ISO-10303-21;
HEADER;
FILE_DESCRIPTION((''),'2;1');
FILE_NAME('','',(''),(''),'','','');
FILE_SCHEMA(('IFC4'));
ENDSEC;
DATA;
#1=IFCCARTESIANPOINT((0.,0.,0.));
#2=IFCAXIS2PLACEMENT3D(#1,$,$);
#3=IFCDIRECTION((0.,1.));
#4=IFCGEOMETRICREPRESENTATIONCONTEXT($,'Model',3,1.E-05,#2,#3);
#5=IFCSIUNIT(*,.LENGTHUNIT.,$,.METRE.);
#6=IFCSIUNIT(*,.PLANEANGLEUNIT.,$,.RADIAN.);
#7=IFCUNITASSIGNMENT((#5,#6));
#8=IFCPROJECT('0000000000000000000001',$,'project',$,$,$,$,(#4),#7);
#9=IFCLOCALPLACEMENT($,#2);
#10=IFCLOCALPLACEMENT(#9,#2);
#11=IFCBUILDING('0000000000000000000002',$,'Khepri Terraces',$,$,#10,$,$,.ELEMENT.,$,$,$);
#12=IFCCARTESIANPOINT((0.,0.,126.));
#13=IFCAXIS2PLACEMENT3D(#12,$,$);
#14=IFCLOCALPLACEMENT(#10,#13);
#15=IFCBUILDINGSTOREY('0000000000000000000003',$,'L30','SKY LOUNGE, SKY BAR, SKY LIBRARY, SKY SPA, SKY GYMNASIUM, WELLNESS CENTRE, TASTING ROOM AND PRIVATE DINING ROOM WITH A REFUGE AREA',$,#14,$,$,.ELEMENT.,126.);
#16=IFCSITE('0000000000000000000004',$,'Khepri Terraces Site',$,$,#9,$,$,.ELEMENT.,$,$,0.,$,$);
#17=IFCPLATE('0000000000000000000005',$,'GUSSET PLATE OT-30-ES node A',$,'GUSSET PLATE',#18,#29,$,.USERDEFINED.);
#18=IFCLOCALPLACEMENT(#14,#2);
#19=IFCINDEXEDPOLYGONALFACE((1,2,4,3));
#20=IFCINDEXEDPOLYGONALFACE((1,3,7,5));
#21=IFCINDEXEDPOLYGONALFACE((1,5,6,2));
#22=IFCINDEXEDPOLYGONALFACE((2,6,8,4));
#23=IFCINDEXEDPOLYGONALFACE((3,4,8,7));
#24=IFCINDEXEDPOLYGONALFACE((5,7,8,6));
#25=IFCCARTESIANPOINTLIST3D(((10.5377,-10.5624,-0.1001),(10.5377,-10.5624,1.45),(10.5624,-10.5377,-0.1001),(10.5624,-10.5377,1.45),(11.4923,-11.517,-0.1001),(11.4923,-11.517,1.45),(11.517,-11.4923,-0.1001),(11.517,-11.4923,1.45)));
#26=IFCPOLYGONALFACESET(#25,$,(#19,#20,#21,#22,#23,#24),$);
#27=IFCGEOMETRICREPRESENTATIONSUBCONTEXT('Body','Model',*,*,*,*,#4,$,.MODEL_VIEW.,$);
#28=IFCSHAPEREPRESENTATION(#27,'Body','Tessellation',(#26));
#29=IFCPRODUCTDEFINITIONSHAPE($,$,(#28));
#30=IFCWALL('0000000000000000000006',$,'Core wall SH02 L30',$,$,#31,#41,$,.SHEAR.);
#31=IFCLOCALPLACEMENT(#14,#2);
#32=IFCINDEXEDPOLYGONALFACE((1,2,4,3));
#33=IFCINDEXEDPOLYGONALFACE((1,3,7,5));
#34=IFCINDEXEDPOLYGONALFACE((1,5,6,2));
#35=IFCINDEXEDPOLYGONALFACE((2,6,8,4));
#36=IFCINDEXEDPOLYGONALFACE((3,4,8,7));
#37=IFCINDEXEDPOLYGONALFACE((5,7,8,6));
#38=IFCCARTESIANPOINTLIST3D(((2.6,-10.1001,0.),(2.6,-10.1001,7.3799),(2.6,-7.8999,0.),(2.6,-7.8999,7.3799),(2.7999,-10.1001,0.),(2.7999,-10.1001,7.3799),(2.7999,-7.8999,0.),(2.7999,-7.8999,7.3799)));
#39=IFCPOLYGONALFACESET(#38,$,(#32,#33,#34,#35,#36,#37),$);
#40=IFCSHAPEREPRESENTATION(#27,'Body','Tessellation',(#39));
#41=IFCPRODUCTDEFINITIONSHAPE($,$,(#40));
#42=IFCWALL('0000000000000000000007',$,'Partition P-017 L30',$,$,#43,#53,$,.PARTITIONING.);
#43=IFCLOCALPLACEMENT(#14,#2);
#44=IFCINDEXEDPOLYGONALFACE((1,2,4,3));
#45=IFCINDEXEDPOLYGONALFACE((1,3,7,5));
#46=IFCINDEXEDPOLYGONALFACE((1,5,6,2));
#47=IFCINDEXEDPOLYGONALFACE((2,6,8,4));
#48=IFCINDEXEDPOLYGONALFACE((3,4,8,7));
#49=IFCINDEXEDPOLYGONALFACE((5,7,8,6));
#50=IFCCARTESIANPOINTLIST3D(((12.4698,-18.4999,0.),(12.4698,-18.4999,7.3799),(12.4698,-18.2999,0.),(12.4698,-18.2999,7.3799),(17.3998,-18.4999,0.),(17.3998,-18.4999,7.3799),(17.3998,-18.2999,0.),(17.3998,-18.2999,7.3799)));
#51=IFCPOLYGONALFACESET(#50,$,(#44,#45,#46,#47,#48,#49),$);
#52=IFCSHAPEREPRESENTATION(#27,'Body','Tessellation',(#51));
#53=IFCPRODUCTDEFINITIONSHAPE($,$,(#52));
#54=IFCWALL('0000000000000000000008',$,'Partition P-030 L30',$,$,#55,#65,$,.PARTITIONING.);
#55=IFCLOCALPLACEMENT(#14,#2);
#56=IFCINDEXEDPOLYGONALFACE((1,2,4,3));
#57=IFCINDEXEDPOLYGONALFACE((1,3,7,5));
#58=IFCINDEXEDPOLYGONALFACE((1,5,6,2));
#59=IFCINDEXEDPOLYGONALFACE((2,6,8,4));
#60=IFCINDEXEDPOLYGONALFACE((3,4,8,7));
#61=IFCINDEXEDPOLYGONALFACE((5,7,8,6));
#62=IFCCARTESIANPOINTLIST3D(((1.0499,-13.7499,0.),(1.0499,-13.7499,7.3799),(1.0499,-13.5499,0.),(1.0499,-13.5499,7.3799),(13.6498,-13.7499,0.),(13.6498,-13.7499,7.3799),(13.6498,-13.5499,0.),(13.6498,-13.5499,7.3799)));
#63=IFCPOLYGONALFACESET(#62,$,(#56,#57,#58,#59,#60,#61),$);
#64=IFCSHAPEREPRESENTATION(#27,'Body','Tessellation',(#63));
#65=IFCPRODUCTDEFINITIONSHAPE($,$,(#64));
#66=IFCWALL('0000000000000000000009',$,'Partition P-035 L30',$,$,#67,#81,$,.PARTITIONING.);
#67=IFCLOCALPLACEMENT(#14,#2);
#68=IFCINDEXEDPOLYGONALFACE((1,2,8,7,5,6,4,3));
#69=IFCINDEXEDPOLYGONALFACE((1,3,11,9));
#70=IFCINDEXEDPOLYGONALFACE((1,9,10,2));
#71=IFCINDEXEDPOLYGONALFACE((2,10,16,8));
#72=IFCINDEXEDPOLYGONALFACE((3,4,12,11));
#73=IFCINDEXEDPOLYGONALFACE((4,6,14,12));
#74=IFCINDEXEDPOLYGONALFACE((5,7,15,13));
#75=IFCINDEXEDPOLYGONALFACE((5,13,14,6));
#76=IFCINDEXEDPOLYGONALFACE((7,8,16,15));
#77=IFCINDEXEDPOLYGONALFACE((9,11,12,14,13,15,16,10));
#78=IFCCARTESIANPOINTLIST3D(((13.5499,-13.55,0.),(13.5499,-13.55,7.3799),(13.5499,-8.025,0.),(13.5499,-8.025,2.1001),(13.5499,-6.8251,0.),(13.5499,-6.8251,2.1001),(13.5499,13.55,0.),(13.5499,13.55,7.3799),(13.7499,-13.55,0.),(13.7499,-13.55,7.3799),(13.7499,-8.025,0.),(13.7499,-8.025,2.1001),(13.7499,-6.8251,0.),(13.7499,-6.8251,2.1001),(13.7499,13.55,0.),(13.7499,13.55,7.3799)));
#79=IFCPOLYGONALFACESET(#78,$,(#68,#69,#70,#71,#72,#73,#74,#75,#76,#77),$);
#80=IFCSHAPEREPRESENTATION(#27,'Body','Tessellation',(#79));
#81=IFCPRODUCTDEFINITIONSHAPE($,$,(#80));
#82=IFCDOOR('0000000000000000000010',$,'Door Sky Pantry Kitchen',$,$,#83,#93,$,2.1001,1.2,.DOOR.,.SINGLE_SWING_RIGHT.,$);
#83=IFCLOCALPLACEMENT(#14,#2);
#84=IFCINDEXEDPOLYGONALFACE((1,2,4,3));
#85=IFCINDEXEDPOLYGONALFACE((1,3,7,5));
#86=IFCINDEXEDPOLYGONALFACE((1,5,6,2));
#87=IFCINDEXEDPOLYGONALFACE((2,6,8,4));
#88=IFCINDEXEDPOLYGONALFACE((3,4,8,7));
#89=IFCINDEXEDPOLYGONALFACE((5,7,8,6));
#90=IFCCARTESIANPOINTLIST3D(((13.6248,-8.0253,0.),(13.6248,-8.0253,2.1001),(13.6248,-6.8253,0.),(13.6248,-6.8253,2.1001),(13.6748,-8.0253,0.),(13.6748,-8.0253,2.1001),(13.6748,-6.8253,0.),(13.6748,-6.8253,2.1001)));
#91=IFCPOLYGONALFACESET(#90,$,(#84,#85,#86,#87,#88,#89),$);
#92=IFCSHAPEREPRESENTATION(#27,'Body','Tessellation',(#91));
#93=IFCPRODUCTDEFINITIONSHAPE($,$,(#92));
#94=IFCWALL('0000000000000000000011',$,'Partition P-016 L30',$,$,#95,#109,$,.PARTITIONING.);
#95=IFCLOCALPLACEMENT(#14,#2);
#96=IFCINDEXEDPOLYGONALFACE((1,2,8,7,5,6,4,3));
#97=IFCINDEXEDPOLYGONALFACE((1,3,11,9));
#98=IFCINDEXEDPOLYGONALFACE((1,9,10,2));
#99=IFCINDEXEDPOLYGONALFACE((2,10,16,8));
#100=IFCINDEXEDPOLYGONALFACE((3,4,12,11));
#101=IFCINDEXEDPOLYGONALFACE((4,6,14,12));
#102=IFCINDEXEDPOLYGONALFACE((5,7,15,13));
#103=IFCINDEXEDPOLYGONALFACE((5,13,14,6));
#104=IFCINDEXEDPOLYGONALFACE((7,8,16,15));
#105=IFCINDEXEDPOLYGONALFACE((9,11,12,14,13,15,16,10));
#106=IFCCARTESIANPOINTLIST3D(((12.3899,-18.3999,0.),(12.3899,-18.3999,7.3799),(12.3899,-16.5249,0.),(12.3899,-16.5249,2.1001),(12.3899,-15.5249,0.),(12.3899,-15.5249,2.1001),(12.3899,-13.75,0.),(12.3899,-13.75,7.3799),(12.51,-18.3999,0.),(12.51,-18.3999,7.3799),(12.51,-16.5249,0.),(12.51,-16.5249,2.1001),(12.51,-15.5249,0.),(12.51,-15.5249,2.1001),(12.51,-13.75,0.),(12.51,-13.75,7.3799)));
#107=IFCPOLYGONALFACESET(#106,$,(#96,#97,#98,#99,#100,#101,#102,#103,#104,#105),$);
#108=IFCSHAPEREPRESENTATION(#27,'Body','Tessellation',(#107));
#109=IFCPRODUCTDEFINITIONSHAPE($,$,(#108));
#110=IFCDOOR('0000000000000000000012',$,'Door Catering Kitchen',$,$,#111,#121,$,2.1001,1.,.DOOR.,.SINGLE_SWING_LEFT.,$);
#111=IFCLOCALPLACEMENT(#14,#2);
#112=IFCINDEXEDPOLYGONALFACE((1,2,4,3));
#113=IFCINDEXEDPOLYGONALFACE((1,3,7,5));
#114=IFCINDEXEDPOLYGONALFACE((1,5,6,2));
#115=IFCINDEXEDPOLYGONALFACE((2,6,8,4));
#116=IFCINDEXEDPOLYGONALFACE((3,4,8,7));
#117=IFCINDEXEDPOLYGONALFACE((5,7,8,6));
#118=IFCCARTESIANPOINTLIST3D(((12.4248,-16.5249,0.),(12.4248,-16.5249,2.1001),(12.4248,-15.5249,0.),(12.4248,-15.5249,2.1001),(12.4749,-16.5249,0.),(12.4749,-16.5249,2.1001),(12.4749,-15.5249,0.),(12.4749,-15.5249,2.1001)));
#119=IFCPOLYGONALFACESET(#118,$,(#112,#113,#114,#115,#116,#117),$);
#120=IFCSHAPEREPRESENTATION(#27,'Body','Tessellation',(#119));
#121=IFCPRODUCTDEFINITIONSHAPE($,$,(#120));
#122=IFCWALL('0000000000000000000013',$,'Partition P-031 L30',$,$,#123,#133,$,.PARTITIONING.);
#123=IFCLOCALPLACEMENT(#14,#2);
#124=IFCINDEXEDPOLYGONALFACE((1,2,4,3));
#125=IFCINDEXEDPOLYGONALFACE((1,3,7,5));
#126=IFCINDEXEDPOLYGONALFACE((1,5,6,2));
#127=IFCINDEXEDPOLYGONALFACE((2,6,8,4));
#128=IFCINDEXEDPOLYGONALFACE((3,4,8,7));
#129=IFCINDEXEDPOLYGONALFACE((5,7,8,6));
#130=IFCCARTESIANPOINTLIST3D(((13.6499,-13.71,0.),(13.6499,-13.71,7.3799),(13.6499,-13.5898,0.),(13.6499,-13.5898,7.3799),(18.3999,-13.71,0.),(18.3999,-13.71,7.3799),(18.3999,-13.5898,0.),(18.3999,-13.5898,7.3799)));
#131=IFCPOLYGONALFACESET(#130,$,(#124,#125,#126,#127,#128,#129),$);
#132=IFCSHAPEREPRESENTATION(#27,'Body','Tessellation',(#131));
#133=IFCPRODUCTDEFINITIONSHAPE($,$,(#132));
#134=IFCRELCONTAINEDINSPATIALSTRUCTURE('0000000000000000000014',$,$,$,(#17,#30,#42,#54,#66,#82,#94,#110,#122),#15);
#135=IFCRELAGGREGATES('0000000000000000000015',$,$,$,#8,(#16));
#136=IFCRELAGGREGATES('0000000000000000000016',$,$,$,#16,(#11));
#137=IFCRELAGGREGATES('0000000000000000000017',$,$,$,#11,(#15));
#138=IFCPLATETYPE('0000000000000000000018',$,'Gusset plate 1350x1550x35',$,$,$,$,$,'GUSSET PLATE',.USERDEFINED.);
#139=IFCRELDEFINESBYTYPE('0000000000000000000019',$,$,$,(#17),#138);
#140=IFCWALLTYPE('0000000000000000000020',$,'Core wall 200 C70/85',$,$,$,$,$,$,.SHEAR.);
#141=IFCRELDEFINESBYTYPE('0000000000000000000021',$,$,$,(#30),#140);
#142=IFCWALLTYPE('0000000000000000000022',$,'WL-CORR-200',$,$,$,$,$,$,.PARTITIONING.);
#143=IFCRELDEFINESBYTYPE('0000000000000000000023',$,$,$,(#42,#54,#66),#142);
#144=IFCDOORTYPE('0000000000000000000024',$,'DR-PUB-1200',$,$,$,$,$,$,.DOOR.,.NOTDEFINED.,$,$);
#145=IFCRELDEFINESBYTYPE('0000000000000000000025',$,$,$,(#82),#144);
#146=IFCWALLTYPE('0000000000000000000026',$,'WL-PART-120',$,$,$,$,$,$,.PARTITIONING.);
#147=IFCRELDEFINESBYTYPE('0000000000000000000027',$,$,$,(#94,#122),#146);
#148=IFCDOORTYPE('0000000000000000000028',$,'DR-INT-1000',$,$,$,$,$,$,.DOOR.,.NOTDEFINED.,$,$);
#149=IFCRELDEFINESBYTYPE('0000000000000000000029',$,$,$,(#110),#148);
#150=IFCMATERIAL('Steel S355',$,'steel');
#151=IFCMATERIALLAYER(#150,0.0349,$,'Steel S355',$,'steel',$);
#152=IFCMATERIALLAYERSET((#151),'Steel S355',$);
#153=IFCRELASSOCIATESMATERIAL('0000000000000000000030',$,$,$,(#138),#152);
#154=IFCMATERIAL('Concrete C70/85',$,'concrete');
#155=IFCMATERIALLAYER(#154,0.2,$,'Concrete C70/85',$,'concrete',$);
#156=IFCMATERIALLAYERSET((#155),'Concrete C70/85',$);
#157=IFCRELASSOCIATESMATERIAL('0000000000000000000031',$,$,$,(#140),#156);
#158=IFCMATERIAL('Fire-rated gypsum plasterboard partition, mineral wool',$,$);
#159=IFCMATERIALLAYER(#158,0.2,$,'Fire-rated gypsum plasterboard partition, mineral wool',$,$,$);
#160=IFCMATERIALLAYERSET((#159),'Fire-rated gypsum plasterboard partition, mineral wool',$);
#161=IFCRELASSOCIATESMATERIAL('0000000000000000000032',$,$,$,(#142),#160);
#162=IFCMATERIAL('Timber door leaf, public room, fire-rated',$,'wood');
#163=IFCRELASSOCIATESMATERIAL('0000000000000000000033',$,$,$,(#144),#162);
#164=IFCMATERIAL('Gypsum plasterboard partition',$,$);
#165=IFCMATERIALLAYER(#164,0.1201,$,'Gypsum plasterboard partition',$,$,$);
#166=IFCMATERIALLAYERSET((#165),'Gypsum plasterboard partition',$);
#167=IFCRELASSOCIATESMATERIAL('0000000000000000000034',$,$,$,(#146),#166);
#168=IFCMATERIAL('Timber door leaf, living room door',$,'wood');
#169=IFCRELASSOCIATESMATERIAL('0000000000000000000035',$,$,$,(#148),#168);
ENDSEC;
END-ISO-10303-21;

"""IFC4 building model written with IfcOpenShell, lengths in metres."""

from ifc_helpers import new_model, si_unit, direction, frame, frame_2d, origin, origin_2d, place, context, subcontext, project, spatial, rectangle, extrude, material, layer, layer_set, type_object, element, fill, save


model = new_model("IFC4")

# Units and contexts
model_context = context("Model", 3, precision=1e-05, world=origin(), true_north=direction((0.0, 1.0)))
body_context = subcontext(model_context, "Body", "Model", "MODEL_VIEW")
ifc_project = project(units=[si_unit("LENGTHUNIT", "METRE"), si_unit("PLANEANGLEUNIT", "RADIAN")], contexts=[model_context])

# Site, building, storey
site_placement = place(None, origin())
site = spatial("IfcSite", under=ifc_project, at=site_placement, Name="Khepri Terraces Site", CompositionType="ELEMENT", RefElevation=0.0)
building_placement = place(site_placement, origin())
building = spatial("IfcBuilding", under=site, at=building_placement, Name="Khepri Terraces", CompositionType="ELEMENT")
storey_placement = place(building_placement, frame((0.0, 0.0, 126.0)))
storey = spatial("IfcBuildingStorey", under=building, at=storey_placement, Name="L30", Description="SKY LOUNGE, SKY BAR, SKY LIBRARY, SKY SPA, SKY GYMNASIUM, WELLNESS CENTRE, TASTING ROOM AND PRIVATE DINING ROOM WITH A REFUGE AREA", CompositionType="ELEMENT", Elevation=126.0)

# Shared definitions
ifc_material_1 = material(Name="Steel S355", Category="steel")

# Plate
ifc_layer_1 = layer(ifc_material_1, 0.0349, Name="Steel S355", Category="steel")
ifc_layer_set_1 = layer_set([ifc_layer_1], Name="Steel S355")
plate_type_1 = type_object("IfcPlateType", Name="Gusset plate 1350x1550x35", ElementType="GUSSET PLATE", PredefinedType="USERDEFINED", material=ifc_layer_set_1)
plate_placement = place(storey_placement, frame((11.0273, -11.0273, -0.1001), z_axis=(0.0, 0.0, 1.0), x_axis=(0.707107, -0.707107, 0.0)))
element("IfcPlate", 1, at=plate_placement, inside=storey, type_object=plate_type_1, Name="GUSSET PLATE OT-30-ES node A", ObjectType="GUSSET PLATE", PredefinedType="USERDEFINED", context=body_context, shape_type="SweptSolid", body=[
    extrude(rectangle(XDim=1.3501, YDim=0.0349, at=origin_2d()), origin(), (0.0, 0.0, 1.0), 1.55),
])

# Walls
ifc_material_2 = material(Name="Concrete C70/85", Category="concrete")
ifc_layer_2 = layer(ifc_material_2, 0.2, Name="Concrete C70/85", Category="concrete")
ifc_layer_set_2 = layer_set([ifc_layer_2], Name="Concrete C70/85")
wall_type_1 = type_object("IfcWallType", Name="Core wall 200 C70/85", PredefinedType="SHEAR", material=ifc_layer_set_2)
wall_1_placement = place(storey_placement, frame((2.7, -10.1001, 0.0), z_axis=(0.0, 0.0, 1.0), x_axis=(0.0, 1.0, 0.0)))
element("IfcWall", 2, at=wall_1_placement, inside=storey, type_object=wall_type_1, Name="Core wall SH02 L30", PredefinedType="SHEAR", context=body_context, shape_type="SweptSolid", body=[
    extrude(rectangle(XDim=2.2002, YDim=0.2, at=frame_2d((1.1001, 0.0))), origin(), (0.0, 0.0, 1.0), 7.3799),
])
ifc_material_3 = material(Name="Fire-rated gypsum plasterboard partition, mineral wool")
ifc_layer_3 = layer(ifc_material_3, 0.2, Name="Fire-rated gypsum plasterboard partition, mineral wool")
ifc_layer_set_3 = layer_set([ifc_layer_3], Name="Fire-rated gypsum plasterboard partition, mineral wool")
wall_type_2 = type_object("IfcWallType", Name="WL-CORR-200", PredefinedType="PARTITIONING", material=ifc_layer_set_3)
wall_2_placement = place(storey_placement, frame((12.47, -18.3999, 0.0), z_axis=(0.0, 0.0, 1.0), x_axis=(1.0, 0.0, 0.0)))
element("IfcWall", 3, at=wall_2_placement, inside=storey, type_object=wall_type_2, Name="Partition P-017 L30", PredefinedType="PARTITIONING", context=body_context, shape_type="SweptSolid", body=[
    extrude(rectangle(XDim=4.9299, YDim=0.2, at=frame_2d((2.4648, 0.0))), origin(), (0.0, 0.0, 1.0), 7.3799),
])
wall_3_placement = place(storey_placement, frame((1.05, -13.6499, 0.0), z_axis=(0.0, 0.0, 1.0), x_axis=(1.0, 0.0, 0.0)))
element("IfcWall", 4, at=wall_3_placement, inside=storey, type_object=wall_type_2, Name="Partition P-030 L30", PredefinedType="PARTITIONING", context=body_context, shape_type="SweptSolid", body=[
    extrude(rectangle(XDim=12.5999, YDim=0.2, at=frame_2d((6.2998, 0.0))), origin(), (0.0, 0.0, 1.0), 7.3799),
])

# Walls, openings, doors
wall_4_placement = place(storey_placement, frame((13.6499, -13.55, 0.0), z_axis=(0.0, 0.0, 1.0), x_axis=(0.0, 1.0, 0.0)))
wall_4 = element("IfcWall", 5, at=wall_4_placement, inside=storey, type_object=wall_type_2, Name="Partition P-035 L30", PredefinedType="PARTITIONING", context=body_context, shape_type="SweptSolid", body=[
    extrude(rectangle(XDim=27.1001, YDim=0.2, at=frame_2d((13.55, 0.0))), origin(), (0.0, 0.0, 1.0), 7.3799),
])
opening_1_placement = place(wall_4_placement, frame((5.5249, 0.0, 0.0)))
opening_1 = element("IfcOpeningElement", 6, at=opening_1_placement, cuts=wall_4, PredefinedType="OPENING", context=body_context, shape_type="SweptSolid", body=[
    extrude(rectangle(XDim=1.2, YDim=2.1001, at=frame_2d((0.6001, 1.05))), frame((0.0, 0.1099, 0.0), z_axis=(0.0, -1.0, 0.0), x_axis=(1.0, 0.0, 0.0)), (0.0, 0.0, 1.0), 0.22),
])
ifc_material_4 = material(Name="Timber door leaf, public room, fire-rated", Category="wood")
door_type_1 = type_object("IfcDoorType", Name="DR-PUB-1200", OperationType="NOTDEFINED", PredefinedType="DOOR", material=ifc_material_4)
door_1_placement = place(opening_1_placement, frame((1.2, 0.0, 0.0), z_axis=(0.0, 0.0, 1.0), x_axis=(-1.0, 0.0, 0.0)))
door_1 = element("IfcDoor", 7, at=door_1_placement, inside=storey, type_object=door_type_1, Name="Door Sky Pantry Kitchen", OperationType="SINGLE_SWING_RIGHT", OverallHeight=2.1001, OverallWidth=1.2, PredefinedType="DOOR", context=body_context, shape_type="SweptSolid", body=[
    extrude(rectangle(XDim=1.2, YDim=2.1001, at=frame_2d((0.6001, 1.05))), frame((0.0, 0.0249, 0.0), z_axis=(0.0, -1.0, 0.0), x_axis=(1.0, 0.0, 0.0)), (0.0, 0.0, 1.0), 0.05),
])
fill(opening_1, door_1)
ifc_material_5 = material(Name="Gypsum plasterboard partition")
ifc_layer_4 = layer(ifc_material_5, 0.1201, Name="Gypsum plasterboard partition")
ifc_layer_set_4 = layer_set([ifc_layer_4], Name="Gypsum plasterboard partition")
wall_type_3 = type_object("IfcWallType", Name="WL-PART-120", PredefinedType="PARTITIONING", material=ifc_layer_set_4)
wall_5_placement = place(storey_placement, frame((12.45, -18.3999, 0.0), z_axis=(0.0, 0.0, 1.0), x_axis=(0.0, 1.0, 0.0)))
wall_5 = element("IfcWall", 8, at=wall_5_placement, inside=storey, type_object=wall_type_3, Name="Partition P-016 L30", PredefinedType="PARTITIONING", context=body_context, shape_type="SweptSolid", body=[
    extrude(rectangle(XDim=4.6499, YDim=0.1201, at=frame_2d((2.325, 0.0))), origin(), (0.0, 0.0, 1.0), 7.3799),
])
opening_2_placement = place(wall_5_placement, frame((1.875, 0.0, 0.0)))
opening_2 = element("IfcOpeningElement", 9, at=opening_2_placement, cuts=wall_5, PredefinedType="OPENING", context=body_context, shape_type="SweptSolid", body=[
    extrude(rectangle(XDim=1.0, YDim=2.1001, at=frame_2d((0.5, 1.05))), frame((0.0, 0.0701, 0.0), z_axis=(0.0, -1.0, 0.0), x_axis=(1.0, 0.0, 0.0)), (0.0, 0.0, 1.0), 0.1401),
])
ifc_material_6 = material(Name="Timber door leaf, living room door", Category="wood")
door_type_2 = type_object("IfcDoorType", Name="DR-INT-1000", OperationType="NOTDEFINED", PredefinedType="DOOR", material=ifc_material_6)
door_2_placement = place(opening_2_placement, frame((1.0, 0.0, 0.0), z_axis=(0.0, 0.0, 1.0), x_axis=(-1.0, 0.0, 0.0)))
door_2 = element("IfcDoor", 10, at=door_2_placement, inside=storey, type_object=door_type_2, Name="Door Catering Kitchen", OperationType="SINGLE_SWING_LEFT", OverallHeight=2.1001, OverallWidth=1.0, PredefinedType="DOOR", context=body_context, shape_type="SweptSolid", body=[
    extrude(rectangle(XDim=1.0, YDim=2.1001, at=frame_2d((0.5, 1.05))), frame((0.0, 0.0249, 0.0), z_axis=(0.0, -1.0, 0.0), x_axis=(1.0, 0.0, 0.0)), (0.0, 0.0, 1.0), 0.05),
])
fill(opening_2, door_2)

# Wall
wall_6_placement = place(storey_placement, frame((13.6499, -13.6499, 0.0), z_axis=(0.0, 0.0, 1.0), x_axis=(1.0, 0.0, 0.0)))
element("IfcWall", 11, at=wall_6_placement, inside=storey, type_object=wall_type_3, Name="Partition P-031 L30", PredefinedType="PARTITIONING", context=body_context, shape_type="SweptSolid", body=[
    extrude(rectangle(XDim=4.75, YDim=0.1201, at=frame_2d((2.375, 0.0))), origin(), (0.0, 0.0, 1.0), 7.3799),
])

save(model, "model.ifc")
